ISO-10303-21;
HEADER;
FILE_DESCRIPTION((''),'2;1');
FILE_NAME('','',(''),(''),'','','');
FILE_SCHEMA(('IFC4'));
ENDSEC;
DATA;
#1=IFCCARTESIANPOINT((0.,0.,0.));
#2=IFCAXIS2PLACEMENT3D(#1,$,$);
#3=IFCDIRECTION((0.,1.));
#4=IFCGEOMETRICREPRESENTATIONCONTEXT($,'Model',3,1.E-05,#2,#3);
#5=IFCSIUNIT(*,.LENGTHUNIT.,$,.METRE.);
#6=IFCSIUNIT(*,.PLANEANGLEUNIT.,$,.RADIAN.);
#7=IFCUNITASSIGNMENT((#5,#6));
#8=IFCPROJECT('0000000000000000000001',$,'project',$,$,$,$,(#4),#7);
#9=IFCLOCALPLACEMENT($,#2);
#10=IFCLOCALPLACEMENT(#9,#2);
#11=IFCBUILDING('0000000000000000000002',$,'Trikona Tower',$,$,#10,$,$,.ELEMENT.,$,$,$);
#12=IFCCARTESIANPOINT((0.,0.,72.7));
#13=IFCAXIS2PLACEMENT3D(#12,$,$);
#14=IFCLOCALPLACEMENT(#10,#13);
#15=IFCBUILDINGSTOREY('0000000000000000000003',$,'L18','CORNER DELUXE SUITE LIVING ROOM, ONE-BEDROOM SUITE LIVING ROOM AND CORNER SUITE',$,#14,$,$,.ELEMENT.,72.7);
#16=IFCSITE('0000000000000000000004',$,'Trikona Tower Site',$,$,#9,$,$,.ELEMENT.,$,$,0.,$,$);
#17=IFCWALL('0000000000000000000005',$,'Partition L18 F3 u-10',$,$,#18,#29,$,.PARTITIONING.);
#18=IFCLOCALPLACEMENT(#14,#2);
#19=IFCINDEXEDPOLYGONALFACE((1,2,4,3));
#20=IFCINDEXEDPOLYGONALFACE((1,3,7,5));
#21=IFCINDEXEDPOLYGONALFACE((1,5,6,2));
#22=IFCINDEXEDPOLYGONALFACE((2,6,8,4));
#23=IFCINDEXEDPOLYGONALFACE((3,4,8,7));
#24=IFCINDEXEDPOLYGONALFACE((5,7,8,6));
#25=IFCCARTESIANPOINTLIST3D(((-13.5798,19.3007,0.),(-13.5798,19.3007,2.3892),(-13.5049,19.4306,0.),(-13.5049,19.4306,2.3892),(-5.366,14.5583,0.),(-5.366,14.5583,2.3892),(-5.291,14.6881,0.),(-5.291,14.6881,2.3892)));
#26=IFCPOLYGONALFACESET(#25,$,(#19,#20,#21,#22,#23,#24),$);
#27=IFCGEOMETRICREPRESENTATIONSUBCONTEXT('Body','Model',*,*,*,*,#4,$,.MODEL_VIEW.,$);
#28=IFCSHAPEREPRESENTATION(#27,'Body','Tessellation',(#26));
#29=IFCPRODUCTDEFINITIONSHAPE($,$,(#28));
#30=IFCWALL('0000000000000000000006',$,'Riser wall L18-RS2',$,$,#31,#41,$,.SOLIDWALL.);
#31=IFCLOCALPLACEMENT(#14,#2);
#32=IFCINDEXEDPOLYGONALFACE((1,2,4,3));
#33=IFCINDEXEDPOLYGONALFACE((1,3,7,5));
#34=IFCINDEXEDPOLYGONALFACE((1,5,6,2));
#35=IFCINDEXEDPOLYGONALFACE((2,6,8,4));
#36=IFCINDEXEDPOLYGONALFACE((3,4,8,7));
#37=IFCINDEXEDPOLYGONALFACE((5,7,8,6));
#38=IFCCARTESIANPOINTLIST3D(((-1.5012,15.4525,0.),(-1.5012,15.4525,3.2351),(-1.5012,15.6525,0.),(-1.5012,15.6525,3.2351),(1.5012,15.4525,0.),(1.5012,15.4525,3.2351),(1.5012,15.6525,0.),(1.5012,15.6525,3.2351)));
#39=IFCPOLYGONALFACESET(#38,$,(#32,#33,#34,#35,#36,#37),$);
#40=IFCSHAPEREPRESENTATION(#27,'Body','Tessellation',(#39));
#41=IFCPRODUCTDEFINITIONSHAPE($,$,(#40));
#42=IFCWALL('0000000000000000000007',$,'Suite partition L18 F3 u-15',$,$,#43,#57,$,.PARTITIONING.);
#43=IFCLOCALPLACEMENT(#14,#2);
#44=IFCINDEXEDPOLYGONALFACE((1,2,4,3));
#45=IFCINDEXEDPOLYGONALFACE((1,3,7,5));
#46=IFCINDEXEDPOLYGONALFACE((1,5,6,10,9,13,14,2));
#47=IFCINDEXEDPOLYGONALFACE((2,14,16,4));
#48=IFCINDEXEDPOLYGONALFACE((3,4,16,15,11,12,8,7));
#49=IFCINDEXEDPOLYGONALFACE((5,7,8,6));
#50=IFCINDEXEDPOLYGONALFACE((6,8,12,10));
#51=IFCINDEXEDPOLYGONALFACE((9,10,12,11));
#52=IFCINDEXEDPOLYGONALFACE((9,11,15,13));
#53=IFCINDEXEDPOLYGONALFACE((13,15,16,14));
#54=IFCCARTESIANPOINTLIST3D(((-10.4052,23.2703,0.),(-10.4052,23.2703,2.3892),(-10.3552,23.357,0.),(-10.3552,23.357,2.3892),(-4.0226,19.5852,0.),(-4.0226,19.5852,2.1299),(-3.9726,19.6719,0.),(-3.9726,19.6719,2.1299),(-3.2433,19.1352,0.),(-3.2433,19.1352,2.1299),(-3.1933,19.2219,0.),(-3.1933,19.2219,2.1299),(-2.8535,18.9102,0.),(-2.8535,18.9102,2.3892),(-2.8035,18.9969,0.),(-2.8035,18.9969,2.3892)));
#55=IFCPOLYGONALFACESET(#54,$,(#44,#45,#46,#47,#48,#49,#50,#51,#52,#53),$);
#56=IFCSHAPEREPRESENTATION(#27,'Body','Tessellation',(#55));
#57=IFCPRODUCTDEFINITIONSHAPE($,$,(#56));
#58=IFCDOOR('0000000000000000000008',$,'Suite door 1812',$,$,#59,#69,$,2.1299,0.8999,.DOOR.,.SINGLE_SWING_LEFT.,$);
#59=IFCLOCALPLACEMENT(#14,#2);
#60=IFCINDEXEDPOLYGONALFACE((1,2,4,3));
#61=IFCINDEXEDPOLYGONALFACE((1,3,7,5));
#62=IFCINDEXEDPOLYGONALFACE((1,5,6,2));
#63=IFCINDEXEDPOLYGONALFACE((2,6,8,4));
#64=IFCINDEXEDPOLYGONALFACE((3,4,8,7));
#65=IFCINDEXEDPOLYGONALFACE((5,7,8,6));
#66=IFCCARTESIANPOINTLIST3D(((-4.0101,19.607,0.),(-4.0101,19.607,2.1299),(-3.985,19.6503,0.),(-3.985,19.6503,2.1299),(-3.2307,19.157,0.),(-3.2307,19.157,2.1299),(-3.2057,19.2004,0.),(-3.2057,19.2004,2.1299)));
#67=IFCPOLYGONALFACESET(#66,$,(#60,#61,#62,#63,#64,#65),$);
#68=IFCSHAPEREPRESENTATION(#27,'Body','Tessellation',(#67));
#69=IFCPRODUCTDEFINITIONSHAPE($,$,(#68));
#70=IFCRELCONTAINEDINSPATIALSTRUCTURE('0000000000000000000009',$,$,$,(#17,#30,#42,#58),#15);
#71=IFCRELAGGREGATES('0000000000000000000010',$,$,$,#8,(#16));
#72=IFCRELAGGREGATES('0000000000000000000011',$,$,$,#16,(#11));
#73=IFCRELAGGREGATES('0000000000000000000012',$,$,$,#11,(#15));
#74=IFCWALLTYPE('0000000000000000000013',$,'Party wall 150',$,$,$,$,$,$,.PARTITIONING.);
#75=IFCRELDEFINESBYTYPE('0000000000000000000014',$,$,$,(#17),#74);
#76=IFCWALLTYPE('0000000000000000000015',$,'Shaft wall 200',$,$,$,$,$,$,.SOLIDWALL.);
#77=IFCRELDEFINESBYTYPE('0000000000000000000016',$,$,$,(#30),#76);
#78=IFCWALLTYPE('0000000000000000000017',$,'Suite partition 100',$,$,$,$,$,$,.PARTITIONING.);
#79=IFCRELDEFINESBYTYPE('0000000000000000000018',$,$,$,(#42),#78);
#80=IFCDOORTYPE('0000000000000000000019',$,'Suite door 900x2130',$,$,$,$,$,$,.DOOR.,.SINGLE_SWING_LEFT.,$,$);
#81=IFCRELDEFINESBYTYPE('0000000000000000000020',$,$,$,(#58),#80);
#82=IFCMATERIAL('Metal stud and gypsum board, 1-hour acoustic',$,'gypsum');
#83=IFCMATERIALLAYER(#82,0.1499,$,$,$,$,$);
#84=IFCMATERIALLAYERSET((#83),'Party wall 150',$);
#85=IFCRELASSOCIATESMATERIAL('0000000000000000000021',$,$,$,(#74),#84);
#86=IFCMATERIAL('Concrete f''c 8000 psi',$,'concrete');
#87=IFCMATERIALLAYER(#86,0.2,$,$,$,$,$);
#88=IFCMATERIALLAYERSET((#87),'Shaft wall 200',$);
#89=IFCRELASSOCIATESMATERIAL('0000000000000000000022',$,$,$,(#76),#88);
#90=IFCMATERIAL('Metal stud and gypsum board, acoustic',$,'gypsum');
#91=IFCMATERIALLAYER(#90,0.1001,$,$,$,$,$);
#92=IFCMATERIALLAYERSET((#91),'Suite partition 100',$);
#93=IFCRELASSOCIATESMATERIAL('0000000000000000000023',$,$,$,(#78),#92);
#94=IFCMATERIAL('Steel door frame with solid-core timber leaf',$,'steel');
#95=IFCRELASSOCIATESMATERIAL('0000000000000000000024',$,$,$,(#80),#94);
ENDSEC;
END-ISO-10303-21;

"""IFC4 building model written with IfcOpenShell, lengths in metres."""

from ifc_helpers import new_model, si_unit, direction, frame, frame_2d, origin, place, context, subcontext, project, spatial, rectangle, extrude, material, layer, layer_set, type_object, element, fill, save


model = new_model("IFC4")

# Units and contexts
model_context = context("Model", 3, precision=1e-05, world=origin(), true_north=direction((0.0, 1.0)))
body_context = subcontext(model_context, "Body", "Model", "MODEL_VIEW")
ifc_project = project(units=[si_unit("LENGTHUNIT", "METRE"), si_unit("PLANEANGLEUNIT", "RADIAN")], contexts=[model_context])

# Site, building, storey
site_placement = place(None, origin())
site = spatial("IfcSite", under=ifc_project, at=site_placement, Name="Trikona Tower Site", CompositionType="ELEMENT", RefElevation=0.0)
building_placement = place(site_placement, origin())
building = spatial("IfcBuilding", under=site, at=building_placement, Name="Trikona Tower", CompositionType="ELEMENT")
storey_placement = place(building_placement, frame((0.0, 0.0, 72.7)))
storey = spatial("IfcBuildingStorey", under=building, at=storey_placement, Name="L18", Description="CORNER DELUXE SUITE LIVING ROOM, ONE-BEDROOM SUITE LIVING ROOM AND CORNER SUITE", CompositionType="ELEMENT", Elevation=72.7)

# Walls
ifc_material_1 = material(Name="Metal stud and gypsum board, 1-hour acoustic", Category="gypsum")
ifc_layer_1 = layer(ifc_material_1, 0.1499)
ifc_layer_set_1 = layer_set([ifc_layer_1], Name="Party wall 150")
wall_type_1 = type_object("IfcWallType", Name="Party wall 150", PredefinedType="PARTITIONING", material=ifc_layer_set_1)
wall_1_placement = place(storey_placement, frame((-5.3286, 14.6233, 0.0), z_axis=(0.0, 0.0, 1.0), x_axis=(-0.866018, 0.500012, 0.0)))
element("IfcWall", 1, at=wall_1_placement, inside=storey, type_object=wall_type_1, Name="Partition L18 F3 u-10", PredefinedType="PARTITIONING", context=body_context, shape_type="SweptSolid", body=[
    extrude(rectangle(XDim=9.4846, YDim=0.1499, at=frame_2d((4.7422, 0.0))), origin(), (0.0, 0.0, 1.0), 2.3892),
])
ifc_material_2 = material(Name="Concrete f'c 8000 psi", Category="concrete")
ifc_layer_2 = layer(ifc_material_2, 0.2)
ifc_layer_set_2 = layer_set([ifc_layer_2], Name="Shaft wall 200")
wall_type_2 = type_object("IfcWallType", Name="Shaft wall 200", PredefinedType="SOLIDWALL", material=ifc_layer_set_2)
wall_2_placement = place(storey_placement, frame((-1.5012, 15.5525, 0.0), z_axis=(0.0, 0.0, 1.0), x_axis=(1.0, 0.0, 0.0)))
element("IfcWall", 2, at=wall_2_placement, inside=storey, type_object=wall_type_2, Name="Riser wall L18-RS2", PredefinedType="SOLIDWALL", context=body_context, shape_type="SweptSolid", body=[
    extrude(rectangle(XDim=3.0024, YDim=0.2, at=frame_2d((1.5012, 0.0))), origin(), (0.0, 0.0, 1.0), 3.2351),
])

# Wall, opening, door
ifc_material_3 = material(Name="Metal stud and gypsum board, acoustic", Category="gypsum")
ifc_layer_3 = layer(ifc_material_3, 0.1001)
ifc_layer_set_3 = layer_set([ifc_layer_3], Name="Suite partition 100")
wall_type_3 = type_object("IfcWallType", Name="Suite partition 100", PredefinedType="PARTITIONING", material=ifc_layer_set_3)
wall_3_placement = place(storey_placement, frame((-2.8286, 18.9536, 0.0), z_axis=(0.0, 0.0, 1.0), x_axis=(-0.866021, 0.500008, 0.0)))
wall_3 = element("IfcWall", 3, at=wall_3_placement, inside=storey, type_object=wall_type_3, Name="Suite partition L18 F3 u-15", PredefinedType="PARTITIONING", context=body_context, shape_type="SweptSolid", body=[
    extrude(rectangle(XDim=8.72, YDim=0.1001, at=frame_2d((4.3599, 0.0))), origin(), (0.0, 0.0, 1.0), 2.3892),
])
opening_1_placement = place(wall_3_placement, frame((0.45, 0.0, 0.0)))
opening_1 = element("IfcOpeningElement", 4, at=opening_1_placement, cuts=wall_3, PredefinedType="OPENING", context=body_context, shape_type="SweptSolid", body=[
    extrude(rectangle(XDim=0.8999, YDim=2.1299, at=frame_2d((0.45, 1.0649))), frame((0.0, 0.0601, 0.0), z_axis=(0.0, -1.0, 0.0), x_axis=(1.0, 0.0, 0.0)), (0.0, 0.0, 1.0), 0.1201),
])
ifc_material_4 = material(Name="Steel door frame with solid-core timber leaf", Category="steel")
door_type_1 = type_object("IfcDoorType", Name="Suite door 900x2130", OperationType="SINGLE_SWING_LEFT", PredefinedType="DOOR", material=ifc_material_4)
door_1_placement = place(opening_1_placement, origin())
door_1 = element("IfcDoor", 5, at=door_1_placement, inside=storey, type_object=door_type_1, Name="Suite door 1812", OperationType="SINGLE_SWING_LEFT", OverallHeight=2.1299, OverallWidth=0.8999, PredefinedType="DOOR", context=body_context, shape_type="SweptSolid", body=[
    extrude(rectangle(XDim=0.8999, YDim=2.1299, at=frame_2d((0.45, 1.0649))), frame((0.0, 0.0249, 0.0), z_axis=(0.0, -1.0, 0.0), x_axis=(1.0, 0.0, 0.0)), (0.0, 0.0, 1.0), 0.05),
])
fill(opening_1, door_1)

save(model, "model.ifc")
